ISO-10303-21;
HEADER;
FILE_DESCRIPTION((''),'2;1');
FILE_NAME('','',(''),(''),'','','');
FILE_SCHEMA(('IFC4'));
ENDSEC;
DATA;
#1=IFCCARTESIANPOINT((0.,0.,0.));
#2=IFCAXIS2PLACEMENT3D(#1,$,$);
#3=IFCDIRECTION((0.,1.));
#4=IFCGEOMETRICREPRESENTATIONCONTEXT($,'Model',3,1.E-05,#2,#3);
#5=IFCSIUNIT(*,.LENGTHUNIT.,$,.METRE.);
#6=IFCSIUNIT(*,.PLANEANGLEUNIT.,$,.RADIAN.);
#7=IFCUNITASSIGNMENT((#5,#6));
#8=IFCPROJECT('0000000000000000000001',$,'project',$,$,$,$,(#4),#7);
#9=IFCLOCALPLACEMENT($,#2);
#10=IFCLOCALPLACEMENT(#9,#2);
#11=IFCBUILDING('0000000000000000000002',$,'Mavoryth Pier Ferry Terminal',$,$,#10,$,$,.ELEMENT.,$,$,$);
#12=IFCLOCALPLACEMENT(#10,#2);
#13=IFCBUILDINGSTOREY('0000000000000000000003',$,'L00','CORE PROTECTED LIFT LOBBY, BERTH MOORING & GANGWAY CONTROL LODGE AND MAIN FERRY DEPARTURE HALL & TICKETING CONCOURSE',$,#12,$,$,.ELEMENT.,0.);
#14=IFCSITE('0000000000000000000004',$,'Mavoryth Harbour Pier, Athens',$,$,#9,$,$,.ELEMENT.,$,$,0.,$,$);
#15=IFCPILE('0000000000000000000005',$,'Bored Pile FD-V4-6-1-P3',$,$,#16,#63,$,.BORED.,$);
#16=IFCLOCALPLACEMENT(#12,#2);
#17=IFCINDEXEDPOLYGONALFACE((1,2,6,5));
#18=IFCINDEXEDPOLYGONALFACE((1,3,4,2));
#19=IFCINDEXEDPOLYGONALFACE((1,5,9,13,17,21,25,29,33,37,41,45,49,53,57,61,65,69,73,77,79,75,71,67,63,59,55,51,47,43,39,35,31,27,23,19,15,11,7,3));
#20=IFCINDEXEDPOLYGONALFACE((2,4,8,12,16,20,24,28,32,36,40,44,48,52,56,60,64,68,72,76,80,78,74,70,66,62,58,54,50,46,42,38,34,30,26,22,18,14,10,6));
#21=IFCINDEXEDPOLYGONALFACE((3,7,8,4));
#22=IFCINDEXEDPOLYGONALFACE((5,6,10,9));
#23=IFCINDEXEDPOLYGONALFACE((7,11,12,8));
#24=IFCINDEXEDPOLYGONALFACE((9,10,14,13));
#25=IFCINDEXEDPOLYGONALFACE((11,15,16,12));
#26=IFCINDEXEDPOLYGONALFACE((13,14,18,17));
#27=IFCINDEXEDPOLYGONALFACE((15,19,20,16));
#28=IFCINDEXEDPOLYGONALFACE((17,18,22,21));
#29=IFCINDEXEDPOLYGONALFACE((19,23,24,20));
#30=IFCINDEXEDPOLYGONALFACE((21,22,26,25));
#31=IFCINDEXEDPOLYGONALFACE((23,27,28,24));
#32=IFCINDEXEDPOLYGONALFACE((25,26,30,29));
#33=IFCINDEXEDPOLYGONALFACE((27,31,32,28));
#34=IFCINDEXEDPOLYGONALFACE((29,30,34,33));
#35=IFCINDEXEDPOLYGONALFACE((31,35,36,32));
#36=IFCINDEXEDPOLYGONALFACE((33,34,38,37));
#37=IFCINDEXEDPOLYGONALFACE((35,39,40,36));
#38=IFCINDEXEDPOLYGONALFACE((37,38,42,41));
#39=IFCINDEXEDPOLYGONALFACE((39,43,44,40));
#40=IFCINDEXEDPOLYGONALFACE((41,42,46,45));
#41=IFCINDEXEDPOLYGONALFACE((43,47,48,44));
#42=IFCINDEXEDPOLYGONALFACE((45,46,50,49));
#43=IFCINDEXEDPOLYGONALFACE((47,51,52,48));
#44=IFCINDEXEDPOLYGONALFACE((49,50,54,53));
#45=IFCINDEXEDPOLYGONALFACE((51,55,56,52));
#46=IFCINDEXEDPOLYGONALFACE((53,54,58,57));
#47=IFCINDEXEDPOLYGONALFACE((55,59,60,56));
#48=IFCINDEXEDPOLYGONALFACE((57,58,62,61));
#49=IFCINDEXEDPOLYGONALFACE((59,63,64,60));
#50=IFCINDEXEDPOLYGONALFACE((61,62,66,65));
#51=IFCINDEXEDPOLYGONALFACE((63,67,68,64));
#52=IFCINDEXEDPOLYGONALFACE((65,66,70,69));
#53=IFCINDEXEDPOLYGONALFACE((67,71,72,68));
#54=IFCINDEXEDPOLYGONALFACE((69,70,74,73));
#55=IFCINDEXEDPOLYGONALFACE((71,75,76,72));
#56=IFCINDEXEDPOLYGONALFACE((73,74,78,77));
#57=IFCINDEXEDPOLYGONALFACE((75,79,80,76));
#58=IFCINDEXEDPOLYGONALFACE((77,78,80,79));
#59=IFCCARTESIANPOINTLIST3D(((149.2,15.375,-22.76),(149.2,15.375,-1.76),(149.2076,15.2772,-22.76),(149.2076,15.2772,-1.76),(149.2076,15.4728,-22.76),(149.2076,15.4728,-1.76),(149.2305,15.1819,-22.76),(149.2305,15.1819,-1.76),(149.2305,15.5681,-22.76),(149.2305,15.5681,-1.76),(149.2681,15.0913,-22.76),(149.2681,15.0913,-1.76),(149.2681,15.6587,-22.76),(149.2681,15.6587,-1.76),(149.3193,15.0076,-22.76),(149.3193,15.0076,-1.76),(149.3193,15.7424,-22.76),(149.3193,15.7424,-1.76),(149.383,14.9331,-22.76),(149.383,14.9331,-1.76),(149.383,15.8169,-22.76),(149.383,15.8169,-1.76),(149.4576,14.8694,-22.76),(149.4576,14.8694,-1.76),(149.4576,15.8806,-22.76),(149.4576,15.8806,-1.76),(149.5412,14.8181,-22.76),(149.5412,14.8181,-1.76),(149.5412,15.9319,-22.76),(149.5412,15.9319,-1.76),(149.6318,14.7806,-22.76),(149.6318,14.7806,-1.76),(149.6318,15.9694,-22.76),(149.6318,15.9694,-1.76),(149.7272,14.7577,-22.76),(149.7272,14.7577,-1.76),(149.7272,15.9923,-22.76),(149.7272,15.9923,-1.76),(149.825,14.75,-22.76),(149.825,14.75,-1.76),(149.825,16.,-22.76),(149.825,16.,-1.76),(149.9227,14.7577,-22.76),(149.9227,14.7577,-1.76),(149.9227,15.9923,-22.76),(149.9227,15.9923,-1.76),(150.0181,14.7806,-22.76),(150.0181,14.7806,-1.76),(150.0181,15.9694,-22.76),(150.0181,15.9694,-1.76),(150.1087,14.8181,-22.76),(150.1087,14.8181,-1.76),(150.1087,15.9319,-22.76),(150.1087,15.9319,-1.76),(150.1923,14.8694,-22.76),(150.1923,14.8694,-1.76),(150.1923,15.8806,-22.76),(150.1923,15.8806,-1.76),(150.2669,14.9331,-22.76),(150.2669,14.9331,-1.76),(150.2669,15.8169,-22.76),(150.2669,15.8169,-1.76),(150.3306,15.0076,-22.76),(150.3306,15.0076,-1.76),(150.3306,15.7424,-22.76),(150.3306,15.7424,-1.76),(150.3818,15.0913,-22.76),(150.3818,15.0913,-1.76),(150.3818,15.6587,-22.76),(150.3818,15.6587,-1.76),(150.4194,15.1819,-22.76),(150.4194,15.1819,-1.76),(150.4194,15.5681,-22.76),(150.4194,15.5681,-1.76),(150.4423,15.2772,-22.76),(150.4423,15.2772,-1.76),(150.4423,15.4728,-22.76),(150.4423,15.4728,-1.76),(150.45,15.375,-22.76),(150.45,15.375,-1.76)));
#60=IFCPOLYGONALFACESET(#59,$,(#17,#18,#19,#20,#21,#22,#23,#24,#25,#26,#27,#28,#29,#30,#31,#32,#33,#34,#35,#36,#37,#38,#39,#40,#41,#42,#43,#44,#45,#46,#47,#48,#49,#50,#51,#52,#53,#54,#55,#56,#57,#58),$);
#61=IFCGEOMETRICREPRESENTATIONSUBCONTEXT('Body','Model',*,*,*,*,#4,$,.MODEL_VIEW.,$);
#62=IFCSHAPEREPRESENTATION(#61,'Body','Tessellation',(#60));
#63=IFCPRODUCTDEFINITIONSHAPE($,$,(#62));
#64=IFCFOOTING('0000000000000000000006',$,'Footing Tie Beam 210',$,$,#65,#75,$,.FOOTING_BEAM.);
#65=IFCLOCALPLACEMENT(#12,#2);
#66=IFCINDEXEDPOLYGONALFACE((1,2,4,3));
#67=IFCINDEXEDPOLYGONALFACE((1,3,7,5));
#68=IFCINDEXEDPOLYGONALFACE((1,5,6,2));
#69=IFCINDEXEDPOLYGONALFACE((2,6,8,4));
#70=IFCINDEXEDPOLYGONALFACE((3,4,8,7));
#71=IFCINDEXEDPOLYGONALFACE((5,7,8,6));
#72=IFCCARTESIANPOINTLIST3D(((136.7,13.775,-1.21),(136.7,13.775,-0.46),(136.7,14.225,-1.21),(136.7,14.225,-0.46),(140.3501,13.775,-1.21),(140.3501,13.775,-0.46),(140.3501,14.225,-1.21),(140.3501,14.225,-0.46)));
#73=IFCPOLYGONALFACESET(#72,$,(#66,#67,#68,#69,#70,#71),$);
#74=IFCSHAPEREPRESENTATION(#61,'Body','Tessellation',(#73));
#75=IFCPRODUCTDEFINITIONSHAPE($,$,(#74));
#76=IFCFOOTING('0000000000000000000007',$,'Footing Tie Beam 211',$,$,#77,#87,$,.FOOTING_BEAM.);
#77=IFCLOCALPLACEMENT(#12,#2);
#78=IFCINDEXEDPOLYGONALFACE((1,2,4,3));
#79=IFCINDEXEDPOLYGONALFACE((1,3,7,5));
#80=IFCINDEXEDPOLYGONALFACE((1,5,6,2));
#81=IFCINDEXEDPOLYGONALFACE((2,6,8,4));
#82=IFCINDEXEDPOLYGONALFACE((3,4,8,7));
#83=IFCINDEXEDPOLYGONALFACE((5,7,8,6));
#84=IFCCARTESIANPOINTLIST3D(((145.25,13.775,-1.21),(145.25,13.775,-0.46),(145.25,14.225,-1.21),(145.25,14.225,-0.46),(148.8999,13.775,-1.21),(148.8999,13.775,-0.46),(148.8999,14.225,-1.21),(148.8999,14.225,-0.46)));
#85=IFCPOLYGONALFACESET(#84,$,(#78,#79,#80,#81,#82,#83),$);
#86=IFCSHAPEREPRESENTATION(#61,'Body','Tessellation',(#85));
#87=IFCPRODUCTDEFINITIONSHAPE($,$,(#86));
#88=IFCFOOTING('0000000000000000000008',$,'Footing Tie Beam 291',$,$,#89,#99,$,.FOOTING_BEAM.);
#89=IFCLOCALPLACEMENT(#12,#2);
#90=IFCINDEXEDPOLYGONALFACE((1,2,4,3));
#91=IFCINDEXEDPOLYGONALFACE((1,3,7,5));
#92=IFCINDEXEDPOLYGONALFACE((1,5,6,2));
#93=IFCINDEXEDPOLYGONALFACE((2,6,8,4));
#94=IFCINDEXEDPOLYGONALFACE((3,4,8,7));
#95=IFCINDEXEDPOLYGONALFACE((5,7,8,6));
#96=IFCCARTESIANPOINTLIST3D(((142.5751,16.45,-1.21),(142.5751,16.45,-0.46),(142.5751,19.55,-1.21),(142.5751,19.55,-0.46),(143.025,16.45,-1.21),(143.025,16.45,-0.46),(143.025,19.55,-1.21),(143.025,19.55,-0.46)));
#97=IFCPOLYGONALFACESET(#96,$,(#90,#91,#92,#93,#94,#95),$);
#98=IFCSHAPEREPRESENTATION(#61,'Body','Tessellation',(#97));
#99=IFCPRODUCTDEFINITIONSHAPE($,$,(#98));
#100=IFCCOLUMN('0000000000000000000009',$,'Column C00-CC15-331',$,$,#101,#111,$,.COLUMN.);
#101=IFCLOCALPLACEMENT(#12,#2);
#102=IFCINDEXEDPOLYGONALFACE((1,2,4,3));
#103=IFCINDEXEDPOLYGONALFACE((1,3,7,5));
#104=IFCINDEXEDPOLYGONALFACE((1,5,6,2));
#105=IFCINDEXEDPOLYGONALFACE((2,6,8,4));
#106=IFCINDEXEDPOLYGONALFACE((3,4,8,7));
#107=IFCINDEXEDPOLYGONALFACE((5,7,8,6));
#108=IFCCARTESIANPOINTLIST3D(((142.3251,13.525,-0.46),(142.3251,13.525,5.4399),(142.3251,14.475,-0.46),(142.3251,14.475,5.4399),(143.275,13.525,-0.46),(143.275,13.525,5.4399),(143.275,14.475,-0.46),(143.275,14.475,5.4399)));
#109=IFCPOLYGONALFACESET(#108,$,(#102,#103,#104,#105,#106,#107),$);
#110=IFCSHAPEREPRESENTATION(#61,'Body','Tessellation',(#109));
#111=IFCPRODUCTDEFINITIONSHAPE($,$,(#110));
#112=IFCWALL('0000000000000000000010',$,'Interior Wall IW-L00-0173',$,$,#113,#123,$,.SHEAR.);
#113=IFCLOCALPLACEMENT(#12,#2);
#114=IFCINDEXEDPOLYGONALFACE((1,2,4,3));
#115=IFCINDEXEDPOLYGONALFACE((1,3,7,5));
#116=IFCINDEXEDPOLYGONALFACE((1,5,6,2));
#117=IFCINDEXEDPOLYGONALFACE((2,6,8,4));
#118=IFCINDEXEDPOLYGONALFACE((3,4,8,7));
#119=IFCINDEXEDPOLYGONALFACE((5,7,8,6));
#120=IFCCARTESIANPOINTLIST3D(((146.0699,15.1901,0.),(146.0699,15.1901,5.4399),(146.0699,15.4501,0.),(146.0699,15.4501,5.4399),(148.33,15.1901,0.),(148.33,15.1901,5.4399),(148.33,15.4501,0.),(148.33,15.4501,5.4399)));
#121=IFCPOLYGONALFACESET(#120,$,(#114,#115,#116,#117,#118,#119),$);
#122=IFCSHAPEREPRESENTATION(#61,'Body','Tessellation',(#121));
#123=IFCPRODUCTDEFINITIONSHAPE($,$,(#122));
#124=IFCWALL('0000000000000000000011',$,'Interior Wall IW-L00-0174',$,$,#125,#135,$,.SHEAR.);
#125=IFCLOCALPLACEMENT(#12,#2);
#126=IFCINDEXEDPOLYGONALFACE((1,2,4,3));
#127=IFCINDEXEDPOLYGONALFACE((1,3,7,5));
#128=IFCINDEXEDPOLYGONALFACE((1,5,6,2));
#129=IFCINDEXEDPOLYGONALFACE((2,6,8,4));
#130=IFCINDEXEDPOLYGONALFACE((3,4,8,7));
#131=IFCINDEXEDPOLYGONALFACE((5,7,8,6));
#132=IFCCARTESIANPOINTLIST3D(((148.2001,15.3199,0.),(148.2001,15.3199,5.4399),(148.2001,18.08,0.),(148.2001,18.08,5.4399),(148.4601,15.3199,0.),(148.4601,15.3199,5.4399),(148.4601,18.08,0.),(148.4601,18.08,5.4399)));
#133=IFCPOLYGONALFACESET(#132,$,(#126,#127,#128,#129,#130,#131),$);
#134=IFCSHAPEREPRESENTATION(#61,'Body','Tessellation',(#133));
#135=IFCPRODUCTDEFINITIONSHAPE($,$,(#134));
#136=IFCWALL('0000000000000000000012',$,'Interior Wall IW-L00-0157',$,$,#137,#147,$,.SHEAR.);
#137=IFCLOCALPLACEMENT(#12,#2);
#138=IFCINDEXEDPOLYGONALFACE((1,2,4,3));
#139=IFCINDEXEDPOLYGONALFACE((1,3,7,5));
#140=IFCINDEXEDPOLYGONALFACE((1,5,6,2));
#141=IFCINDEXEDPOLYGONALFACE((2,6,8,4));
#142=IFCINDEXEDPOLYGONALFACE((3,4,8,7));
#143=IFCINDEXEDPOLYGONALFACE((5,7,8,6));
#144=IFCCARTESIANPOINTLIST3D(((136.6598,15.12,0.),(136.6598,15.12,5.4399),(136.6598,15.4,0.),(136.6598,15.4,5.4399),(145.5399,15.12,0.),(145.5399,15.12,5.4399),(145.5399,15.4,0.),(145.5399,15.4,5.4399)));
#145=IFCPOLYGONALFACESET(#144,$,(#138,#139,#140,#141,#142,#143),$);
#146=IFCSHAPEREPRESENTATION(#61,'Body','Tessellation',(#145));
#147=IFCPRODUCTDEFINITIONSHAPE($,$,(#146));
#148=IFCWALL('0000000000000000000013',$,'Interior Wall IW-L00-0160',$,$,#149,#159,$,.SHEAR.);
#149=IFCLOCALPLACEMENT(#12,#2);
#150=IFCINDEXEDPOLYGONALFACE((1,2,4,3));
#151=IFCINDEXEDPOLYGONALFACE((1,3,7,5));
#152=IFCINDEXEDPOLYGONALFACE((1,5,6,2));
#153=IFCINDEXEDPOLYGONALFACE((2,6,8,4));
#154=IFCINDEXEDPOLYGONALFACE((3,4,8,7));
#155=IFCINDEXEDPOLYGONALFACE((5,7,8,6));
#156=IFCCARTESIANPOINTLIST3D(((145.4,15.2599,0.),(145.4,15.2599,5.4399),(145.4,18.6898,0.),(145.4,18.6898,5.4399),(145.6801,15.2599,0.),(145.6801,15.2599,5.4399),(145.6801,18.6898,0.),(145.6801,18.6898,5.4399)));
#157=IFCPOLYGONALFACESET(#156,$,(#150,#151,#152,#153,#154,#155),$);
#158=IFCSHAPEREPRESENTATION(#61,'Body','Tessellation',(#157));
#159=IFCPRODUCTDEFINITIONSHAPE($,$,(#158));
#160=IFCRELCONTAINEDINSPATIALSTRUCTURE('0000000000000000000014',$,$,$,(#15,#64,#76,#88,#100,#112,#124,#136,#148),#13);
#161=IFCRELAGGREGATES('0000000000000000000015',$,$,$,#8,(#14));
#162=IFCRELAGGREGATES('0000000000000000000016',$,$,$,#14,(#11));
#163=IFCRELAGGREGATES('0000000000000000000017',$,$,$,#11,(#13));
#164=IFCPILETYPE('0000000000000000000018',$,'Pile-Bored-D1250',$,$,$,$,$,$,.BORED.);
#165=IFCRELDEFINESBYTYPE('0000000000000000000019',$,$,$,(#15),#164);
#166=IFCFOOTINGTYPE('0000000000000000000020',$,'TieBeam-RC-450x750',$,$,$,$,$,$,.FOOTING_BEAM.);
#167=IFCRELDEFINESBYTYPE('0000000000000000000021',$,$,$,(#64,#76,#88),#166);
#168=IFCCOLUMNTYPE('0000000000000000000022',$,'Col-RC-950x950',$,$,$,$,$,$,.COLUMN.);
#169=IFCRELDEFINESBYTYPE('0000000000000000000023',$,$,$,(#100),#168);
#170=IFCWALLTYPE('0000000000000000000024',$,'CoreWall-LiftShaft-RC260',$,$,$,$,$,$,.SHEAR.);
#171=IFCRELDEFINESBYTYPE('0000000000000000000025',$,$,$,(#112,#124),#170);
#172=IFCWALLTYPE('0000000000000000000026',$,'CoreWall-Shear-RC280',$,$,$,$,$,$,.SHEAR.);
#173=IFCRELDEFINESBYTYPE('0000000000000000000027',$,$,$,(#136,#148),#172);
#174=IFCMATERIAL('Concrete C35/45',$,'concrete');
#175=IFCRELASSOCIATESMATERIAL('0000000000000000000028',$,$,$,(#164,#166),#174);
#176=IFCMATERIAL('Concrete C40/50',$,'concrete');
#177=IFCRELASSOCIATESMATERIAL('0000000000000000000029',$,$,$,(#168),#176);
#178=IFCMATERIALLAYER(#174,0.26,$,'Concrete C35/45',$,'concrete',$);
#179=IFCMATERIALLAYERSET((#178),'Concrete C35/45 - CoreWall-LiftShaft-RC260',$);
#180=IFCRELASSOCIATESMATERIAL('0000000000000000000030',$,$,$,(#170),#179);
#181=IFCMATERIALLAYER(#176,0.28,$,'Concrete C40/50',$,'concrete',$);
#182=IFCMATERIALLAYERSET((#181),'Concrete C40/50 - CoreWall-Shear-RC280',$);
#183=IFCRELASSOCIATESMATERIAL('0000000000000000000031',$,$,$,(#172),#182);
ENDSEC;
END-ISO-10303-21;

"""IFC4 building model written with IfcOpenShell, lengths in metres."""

from ifc_helpers import new_model, si_unit, direction, frame, frame_2d, origin, origin_2d, place, context, subcontext, project, spatial, rectangle, circle, extrude, material, layer, layer_set, material_profile, profile_set, type_object, element, save


model = new_model("IFC4")

# Units and contexts
model_context = context("Model", 3, precision=1e-05, world=origin(), true_north=direction((0.0, 1.0)))
body_context = subcontext(model_context, "Body", "Model", "MODEL_VIEW")
ifc_project = project(units=[si_unit("LENGTHUNIT", "METRE"), si_unit("PLANEANGLEUNIT", "RADIAN")], contexts=[model_context])

# Site, building, storey
site_placement = place(None, origin())
site = spatial("IfcSite", under=ifc_project, at=site_placement, Name="Mavoryth Harbour Pier, Athens", CompositionType="ELEMENT", RefElevation=0.0)
building_placement = place(site_placement, origin())
building = spatial("IfcBuilding", under=site, at=building_placement, Name="Mavoryth Pier Ferry Terminal", CompositionType="ELEMENT")
storey_placement = place(building_placement, origin())
storey = spatial("IfcBuildingStorey", under=building, at=storey_placement, Name="L00", Description="CORE PROTECTED LIFT LOBBY, BERTH MOORING & GANGWAY CONTROL LODGE AND MAIN FERRY DEPARTURE HALL & TICKETING CONCOURSE", CompositionType="ELEMENT", Elevation=0.0)

# Shared definitions
ifc_material_1 = material(Name="Concrete C35/45", Category="concrete")

# Pile
ifc_material_profile_1 = material_profile(ifc_material_1, circle(Radius=0.625, at=origin_2d()), Name="PILE D1250", Category="concrete")
ifc_profile_set_1 = profile_set([ifc_material_profile_1], Name="Concrete C35/45 - PILE D1250")
pile_type = type_object("IfcPileType", Name="Pile-Bored-D1250", PredefinedType="BORED", material=ifc_profile_set_1)
for number, where, z_axis, x_axis, name in (
    (1, (149.825, 15.375, -1.76), (0.0, 0.0, -1.0), (1.0, 0.0, 0.0), "Bored Pile FD-V4-6-1-P3"),
):
    element("IfcPile", number, at=place(storey_placement, frame(where, z_axis=z_axis, x_axis=x_axis)), inside=storey, type_object=pile_type, Name=name, PredefinedType="BORED", context=body_context, shape_type="SweptSolid", body=[
        extrude(circle(Radius=0.625, at=origin_2d()), origin(), (0.0, 0.0, 1.0), 21.0),
    ])

# Footings
ifc_material_profile_2 = material_profile(ifc_material_1, rectangle(XDim=0.45, YDim=0.75, at=origin_2d()), Name="RC 450x750", Category="concrete")
ifc_profile_set_2 = profile_set([ifc_material_profile_2], Name="Concrete C35/45 - RC 450x750")
footing_type_1 = type_object("IfcFootingType", Name="TieBeam-RC-450x750", PredefinedType="FOOTING_BEAM", material=ifc_profile_set_2)
footing_1_placement = place(storey_placement, frame((136.7, 14.0, -0.835), z_axis=(1.0, 0.0, 0.0), x_axis=(0.0, 1.0, 0.0)))
element("IfcFooting", 2, at=footing_1_placement, inside=storey, type_object=footing_type_1, Name="Footing Tie Beam 210", PredefinedType="FOOTING_BEAM", context=body_context, shape_type="SweptSolid", body=[
    extrude(rectangle(XDim=0.45, YDim=0.75, at=origin_2d()), origin(), (0.0, 0.0, 1.0), 3.6501),
])
footing_2_placement = place(storey_placement, frame((145.25, 14.0, -0.835), z_axis=(1.0, 0.0, 0.0), x_axis=(0.0, 1.0, 0.0)))
element("IfcFooting", 3, at=footing_2_placement, inside=storey, type_object=footing_type_1, Name="Footing Tie Beam 211", PredefinedType="FOOTING_BEAM", context=body_context, shape_type="SweptSolid", body=[
    extrude(rectangle(XDim=0.45, YDim=0.75, at=origin_2d()), origin(), (0.0, 0.0, 1.0), 3.6499),
])
footing_3_placement = place(storey_placement, frame((142.8, 16.45, -0.835), z_axis=(0.0, 1.0, 0.0), x_axis=(-1.0, 0.0, 0.0)))
element("IfcFooting", 4, at=footing_3_placement, inside=storey, type_object=footing_type_1, Name="Footing Tie Beam 291", PredefinedType="FOOTING_BEAM", context=body_context, shape_type="SweptSolid", body=[
    extrude(rectangle(XDim=0.45, YDim=0.75, at=origin_2d()), origin(), (0.0, 0.0, 1.0), 3.1001),
])

# Column
ifc_material_2 = material(Name="Concrete C40/50", Category="concrete")
ifc_material_profile_3 = material_profile(ifc_material_2, rectangle(XDim=0.95, YDim=0.95, at=origin_2d()), Name="RC 950x950", Category="concrete")
ifc_profile_set_3 = profile_set([ifc_material_profile_3], Name="Concrete C40/50 - RC 950x950")
column_type = type_object("IfcColumnType", Name="Col-RC-950x950", PredefinedType="COLUMN", material=ifc_profile_set_3)
column_placement = place(storey_placement, frame((142.8, 14.0, -0.46), z_axis=(0.0, 0.0, 1.0), x_axis=(1.0, 0.0, 0.0)))
element("IfcColumn", 5, at=column_placement, inside=storey, type_object=column_type, Name="Column C00-CC15-331", PredefinedType="COLUMN", context=body_context, shape_type="SweptSolid", body=[
    extrude(rectangle(XDim=0.95, YDim=0.95, at=origin_2d()), origin(), (0.0, 0.0, 1.0), 5.8999),
])

# Walls
ifc_layer_1 = layer(ifc_material_1, 0.26, Name="Concrete C35/45", Category="concrete")
ifc_layer_set_1 = layer_set([ifc_layer_1], Name="Concrete C35/45 - CoreWall-LiftShaft-RC260")
wall_type_1 = type_object("IfcWallType", Name="CoreWall-LiftShaft-RC260", PredefinedType="SHEAR", material=ifc_layer_set_1)
wall_1_placement = place(storey_placement, frame((146.0701, 15.3201, 0.0), z_axis=(0.0, 0.0, 1.0), x_axis=(1.0, 0.0, 0.0)))
element("IfcWall", 6, at=wall_1_placement, inside=storey, type_object=wall_type_1, Name="Interior Wall IW-L00-0173", PredefinedType="SHEAR", context=body_context, shape_type="SweptSolid", body=[
    extrude(rectangle(XDim=2.26, YDim=0.26, at=frame_2d((1.1299, 0.0))), origin(), (0.0, 0.0, 1.0), 5.4399),
])
wall_2_placement = place(storey_placement, frame((148.3301, 15.3201, 0.0), z_axis=(0.0, 0.0, 1.0), x_axis=(0.0, 1.0, 0.0)))
element("IfcWall", 7, at=wall_2_placement, inside=storey, type_object=wall_type_1, Name="Interior Wall IW-L00-0174", PredefinedType="SHEAR", context=body_context, shape_type="SweptSolid", body=[
    extrude(rectangle(XDim=2.76, YDim=0.26, at=frame_2d((1.3799, 0.0))), origin(), (0.0, 0.0, 1.0), 5.4399),
])
ifc_layer_2 = layer(ifc_material_2, 0.28, Name="Concrete C40/50", Category="concrete")
ifc_layer_set_2 = layer_set([ifc_layer_2], Name="Concrete C40/50 - CoreWall-Shear-RC280")
wall_type_2 = type_object("IfcWallType", Name="CoreWall-Shear-RC280", PredefinedType="SHEAR", material=ifc_layer_set_2)
wall_3_placement = place(storey_placement, frame((136.6599, 15.26, 0.0), z_axis=(0.0, 0.0, 1.0), x_axis=(1.0, 0.0, 0.0)))
element("IfcWall", 8, at=wall_3_placement, inside=storey, type_object=wall_type_2, Name="Interior Wall IW-L00-0157", PredefinedType="SHEAR", context=body_context, shape_type="SweptSolid", body=[
    extrude(rectangle(XDim=8.8801, YDim=0.28, at=frame_2d((4.4399, 0.0))), origin(), (0.0, 0.0, 1.0), 5.4399),
])
wall_4_placement = place(storey_placement, frame((145.54, 15.26, 0.0), z_axis=(0.0, 0.0, 1.0), x_axis=(0.0, 1.0, 0.0)))
element("IfcWall", 9, at=wall_4_placement, inside=storey, type_object=wall_type_2, Name="Interior Wall IW-L00-0160", PredefinedType="SHEAR", context=body_context, shape_type="SweptSolid", body=[
    extrude(rectangle(XDim=3.4299, YDim=0.28, at=frame_2d((1.7148, 0.0))), origin(), (0.0, 0.0, 1.0), 5.4399),
])

save(model, "model.ifc")
